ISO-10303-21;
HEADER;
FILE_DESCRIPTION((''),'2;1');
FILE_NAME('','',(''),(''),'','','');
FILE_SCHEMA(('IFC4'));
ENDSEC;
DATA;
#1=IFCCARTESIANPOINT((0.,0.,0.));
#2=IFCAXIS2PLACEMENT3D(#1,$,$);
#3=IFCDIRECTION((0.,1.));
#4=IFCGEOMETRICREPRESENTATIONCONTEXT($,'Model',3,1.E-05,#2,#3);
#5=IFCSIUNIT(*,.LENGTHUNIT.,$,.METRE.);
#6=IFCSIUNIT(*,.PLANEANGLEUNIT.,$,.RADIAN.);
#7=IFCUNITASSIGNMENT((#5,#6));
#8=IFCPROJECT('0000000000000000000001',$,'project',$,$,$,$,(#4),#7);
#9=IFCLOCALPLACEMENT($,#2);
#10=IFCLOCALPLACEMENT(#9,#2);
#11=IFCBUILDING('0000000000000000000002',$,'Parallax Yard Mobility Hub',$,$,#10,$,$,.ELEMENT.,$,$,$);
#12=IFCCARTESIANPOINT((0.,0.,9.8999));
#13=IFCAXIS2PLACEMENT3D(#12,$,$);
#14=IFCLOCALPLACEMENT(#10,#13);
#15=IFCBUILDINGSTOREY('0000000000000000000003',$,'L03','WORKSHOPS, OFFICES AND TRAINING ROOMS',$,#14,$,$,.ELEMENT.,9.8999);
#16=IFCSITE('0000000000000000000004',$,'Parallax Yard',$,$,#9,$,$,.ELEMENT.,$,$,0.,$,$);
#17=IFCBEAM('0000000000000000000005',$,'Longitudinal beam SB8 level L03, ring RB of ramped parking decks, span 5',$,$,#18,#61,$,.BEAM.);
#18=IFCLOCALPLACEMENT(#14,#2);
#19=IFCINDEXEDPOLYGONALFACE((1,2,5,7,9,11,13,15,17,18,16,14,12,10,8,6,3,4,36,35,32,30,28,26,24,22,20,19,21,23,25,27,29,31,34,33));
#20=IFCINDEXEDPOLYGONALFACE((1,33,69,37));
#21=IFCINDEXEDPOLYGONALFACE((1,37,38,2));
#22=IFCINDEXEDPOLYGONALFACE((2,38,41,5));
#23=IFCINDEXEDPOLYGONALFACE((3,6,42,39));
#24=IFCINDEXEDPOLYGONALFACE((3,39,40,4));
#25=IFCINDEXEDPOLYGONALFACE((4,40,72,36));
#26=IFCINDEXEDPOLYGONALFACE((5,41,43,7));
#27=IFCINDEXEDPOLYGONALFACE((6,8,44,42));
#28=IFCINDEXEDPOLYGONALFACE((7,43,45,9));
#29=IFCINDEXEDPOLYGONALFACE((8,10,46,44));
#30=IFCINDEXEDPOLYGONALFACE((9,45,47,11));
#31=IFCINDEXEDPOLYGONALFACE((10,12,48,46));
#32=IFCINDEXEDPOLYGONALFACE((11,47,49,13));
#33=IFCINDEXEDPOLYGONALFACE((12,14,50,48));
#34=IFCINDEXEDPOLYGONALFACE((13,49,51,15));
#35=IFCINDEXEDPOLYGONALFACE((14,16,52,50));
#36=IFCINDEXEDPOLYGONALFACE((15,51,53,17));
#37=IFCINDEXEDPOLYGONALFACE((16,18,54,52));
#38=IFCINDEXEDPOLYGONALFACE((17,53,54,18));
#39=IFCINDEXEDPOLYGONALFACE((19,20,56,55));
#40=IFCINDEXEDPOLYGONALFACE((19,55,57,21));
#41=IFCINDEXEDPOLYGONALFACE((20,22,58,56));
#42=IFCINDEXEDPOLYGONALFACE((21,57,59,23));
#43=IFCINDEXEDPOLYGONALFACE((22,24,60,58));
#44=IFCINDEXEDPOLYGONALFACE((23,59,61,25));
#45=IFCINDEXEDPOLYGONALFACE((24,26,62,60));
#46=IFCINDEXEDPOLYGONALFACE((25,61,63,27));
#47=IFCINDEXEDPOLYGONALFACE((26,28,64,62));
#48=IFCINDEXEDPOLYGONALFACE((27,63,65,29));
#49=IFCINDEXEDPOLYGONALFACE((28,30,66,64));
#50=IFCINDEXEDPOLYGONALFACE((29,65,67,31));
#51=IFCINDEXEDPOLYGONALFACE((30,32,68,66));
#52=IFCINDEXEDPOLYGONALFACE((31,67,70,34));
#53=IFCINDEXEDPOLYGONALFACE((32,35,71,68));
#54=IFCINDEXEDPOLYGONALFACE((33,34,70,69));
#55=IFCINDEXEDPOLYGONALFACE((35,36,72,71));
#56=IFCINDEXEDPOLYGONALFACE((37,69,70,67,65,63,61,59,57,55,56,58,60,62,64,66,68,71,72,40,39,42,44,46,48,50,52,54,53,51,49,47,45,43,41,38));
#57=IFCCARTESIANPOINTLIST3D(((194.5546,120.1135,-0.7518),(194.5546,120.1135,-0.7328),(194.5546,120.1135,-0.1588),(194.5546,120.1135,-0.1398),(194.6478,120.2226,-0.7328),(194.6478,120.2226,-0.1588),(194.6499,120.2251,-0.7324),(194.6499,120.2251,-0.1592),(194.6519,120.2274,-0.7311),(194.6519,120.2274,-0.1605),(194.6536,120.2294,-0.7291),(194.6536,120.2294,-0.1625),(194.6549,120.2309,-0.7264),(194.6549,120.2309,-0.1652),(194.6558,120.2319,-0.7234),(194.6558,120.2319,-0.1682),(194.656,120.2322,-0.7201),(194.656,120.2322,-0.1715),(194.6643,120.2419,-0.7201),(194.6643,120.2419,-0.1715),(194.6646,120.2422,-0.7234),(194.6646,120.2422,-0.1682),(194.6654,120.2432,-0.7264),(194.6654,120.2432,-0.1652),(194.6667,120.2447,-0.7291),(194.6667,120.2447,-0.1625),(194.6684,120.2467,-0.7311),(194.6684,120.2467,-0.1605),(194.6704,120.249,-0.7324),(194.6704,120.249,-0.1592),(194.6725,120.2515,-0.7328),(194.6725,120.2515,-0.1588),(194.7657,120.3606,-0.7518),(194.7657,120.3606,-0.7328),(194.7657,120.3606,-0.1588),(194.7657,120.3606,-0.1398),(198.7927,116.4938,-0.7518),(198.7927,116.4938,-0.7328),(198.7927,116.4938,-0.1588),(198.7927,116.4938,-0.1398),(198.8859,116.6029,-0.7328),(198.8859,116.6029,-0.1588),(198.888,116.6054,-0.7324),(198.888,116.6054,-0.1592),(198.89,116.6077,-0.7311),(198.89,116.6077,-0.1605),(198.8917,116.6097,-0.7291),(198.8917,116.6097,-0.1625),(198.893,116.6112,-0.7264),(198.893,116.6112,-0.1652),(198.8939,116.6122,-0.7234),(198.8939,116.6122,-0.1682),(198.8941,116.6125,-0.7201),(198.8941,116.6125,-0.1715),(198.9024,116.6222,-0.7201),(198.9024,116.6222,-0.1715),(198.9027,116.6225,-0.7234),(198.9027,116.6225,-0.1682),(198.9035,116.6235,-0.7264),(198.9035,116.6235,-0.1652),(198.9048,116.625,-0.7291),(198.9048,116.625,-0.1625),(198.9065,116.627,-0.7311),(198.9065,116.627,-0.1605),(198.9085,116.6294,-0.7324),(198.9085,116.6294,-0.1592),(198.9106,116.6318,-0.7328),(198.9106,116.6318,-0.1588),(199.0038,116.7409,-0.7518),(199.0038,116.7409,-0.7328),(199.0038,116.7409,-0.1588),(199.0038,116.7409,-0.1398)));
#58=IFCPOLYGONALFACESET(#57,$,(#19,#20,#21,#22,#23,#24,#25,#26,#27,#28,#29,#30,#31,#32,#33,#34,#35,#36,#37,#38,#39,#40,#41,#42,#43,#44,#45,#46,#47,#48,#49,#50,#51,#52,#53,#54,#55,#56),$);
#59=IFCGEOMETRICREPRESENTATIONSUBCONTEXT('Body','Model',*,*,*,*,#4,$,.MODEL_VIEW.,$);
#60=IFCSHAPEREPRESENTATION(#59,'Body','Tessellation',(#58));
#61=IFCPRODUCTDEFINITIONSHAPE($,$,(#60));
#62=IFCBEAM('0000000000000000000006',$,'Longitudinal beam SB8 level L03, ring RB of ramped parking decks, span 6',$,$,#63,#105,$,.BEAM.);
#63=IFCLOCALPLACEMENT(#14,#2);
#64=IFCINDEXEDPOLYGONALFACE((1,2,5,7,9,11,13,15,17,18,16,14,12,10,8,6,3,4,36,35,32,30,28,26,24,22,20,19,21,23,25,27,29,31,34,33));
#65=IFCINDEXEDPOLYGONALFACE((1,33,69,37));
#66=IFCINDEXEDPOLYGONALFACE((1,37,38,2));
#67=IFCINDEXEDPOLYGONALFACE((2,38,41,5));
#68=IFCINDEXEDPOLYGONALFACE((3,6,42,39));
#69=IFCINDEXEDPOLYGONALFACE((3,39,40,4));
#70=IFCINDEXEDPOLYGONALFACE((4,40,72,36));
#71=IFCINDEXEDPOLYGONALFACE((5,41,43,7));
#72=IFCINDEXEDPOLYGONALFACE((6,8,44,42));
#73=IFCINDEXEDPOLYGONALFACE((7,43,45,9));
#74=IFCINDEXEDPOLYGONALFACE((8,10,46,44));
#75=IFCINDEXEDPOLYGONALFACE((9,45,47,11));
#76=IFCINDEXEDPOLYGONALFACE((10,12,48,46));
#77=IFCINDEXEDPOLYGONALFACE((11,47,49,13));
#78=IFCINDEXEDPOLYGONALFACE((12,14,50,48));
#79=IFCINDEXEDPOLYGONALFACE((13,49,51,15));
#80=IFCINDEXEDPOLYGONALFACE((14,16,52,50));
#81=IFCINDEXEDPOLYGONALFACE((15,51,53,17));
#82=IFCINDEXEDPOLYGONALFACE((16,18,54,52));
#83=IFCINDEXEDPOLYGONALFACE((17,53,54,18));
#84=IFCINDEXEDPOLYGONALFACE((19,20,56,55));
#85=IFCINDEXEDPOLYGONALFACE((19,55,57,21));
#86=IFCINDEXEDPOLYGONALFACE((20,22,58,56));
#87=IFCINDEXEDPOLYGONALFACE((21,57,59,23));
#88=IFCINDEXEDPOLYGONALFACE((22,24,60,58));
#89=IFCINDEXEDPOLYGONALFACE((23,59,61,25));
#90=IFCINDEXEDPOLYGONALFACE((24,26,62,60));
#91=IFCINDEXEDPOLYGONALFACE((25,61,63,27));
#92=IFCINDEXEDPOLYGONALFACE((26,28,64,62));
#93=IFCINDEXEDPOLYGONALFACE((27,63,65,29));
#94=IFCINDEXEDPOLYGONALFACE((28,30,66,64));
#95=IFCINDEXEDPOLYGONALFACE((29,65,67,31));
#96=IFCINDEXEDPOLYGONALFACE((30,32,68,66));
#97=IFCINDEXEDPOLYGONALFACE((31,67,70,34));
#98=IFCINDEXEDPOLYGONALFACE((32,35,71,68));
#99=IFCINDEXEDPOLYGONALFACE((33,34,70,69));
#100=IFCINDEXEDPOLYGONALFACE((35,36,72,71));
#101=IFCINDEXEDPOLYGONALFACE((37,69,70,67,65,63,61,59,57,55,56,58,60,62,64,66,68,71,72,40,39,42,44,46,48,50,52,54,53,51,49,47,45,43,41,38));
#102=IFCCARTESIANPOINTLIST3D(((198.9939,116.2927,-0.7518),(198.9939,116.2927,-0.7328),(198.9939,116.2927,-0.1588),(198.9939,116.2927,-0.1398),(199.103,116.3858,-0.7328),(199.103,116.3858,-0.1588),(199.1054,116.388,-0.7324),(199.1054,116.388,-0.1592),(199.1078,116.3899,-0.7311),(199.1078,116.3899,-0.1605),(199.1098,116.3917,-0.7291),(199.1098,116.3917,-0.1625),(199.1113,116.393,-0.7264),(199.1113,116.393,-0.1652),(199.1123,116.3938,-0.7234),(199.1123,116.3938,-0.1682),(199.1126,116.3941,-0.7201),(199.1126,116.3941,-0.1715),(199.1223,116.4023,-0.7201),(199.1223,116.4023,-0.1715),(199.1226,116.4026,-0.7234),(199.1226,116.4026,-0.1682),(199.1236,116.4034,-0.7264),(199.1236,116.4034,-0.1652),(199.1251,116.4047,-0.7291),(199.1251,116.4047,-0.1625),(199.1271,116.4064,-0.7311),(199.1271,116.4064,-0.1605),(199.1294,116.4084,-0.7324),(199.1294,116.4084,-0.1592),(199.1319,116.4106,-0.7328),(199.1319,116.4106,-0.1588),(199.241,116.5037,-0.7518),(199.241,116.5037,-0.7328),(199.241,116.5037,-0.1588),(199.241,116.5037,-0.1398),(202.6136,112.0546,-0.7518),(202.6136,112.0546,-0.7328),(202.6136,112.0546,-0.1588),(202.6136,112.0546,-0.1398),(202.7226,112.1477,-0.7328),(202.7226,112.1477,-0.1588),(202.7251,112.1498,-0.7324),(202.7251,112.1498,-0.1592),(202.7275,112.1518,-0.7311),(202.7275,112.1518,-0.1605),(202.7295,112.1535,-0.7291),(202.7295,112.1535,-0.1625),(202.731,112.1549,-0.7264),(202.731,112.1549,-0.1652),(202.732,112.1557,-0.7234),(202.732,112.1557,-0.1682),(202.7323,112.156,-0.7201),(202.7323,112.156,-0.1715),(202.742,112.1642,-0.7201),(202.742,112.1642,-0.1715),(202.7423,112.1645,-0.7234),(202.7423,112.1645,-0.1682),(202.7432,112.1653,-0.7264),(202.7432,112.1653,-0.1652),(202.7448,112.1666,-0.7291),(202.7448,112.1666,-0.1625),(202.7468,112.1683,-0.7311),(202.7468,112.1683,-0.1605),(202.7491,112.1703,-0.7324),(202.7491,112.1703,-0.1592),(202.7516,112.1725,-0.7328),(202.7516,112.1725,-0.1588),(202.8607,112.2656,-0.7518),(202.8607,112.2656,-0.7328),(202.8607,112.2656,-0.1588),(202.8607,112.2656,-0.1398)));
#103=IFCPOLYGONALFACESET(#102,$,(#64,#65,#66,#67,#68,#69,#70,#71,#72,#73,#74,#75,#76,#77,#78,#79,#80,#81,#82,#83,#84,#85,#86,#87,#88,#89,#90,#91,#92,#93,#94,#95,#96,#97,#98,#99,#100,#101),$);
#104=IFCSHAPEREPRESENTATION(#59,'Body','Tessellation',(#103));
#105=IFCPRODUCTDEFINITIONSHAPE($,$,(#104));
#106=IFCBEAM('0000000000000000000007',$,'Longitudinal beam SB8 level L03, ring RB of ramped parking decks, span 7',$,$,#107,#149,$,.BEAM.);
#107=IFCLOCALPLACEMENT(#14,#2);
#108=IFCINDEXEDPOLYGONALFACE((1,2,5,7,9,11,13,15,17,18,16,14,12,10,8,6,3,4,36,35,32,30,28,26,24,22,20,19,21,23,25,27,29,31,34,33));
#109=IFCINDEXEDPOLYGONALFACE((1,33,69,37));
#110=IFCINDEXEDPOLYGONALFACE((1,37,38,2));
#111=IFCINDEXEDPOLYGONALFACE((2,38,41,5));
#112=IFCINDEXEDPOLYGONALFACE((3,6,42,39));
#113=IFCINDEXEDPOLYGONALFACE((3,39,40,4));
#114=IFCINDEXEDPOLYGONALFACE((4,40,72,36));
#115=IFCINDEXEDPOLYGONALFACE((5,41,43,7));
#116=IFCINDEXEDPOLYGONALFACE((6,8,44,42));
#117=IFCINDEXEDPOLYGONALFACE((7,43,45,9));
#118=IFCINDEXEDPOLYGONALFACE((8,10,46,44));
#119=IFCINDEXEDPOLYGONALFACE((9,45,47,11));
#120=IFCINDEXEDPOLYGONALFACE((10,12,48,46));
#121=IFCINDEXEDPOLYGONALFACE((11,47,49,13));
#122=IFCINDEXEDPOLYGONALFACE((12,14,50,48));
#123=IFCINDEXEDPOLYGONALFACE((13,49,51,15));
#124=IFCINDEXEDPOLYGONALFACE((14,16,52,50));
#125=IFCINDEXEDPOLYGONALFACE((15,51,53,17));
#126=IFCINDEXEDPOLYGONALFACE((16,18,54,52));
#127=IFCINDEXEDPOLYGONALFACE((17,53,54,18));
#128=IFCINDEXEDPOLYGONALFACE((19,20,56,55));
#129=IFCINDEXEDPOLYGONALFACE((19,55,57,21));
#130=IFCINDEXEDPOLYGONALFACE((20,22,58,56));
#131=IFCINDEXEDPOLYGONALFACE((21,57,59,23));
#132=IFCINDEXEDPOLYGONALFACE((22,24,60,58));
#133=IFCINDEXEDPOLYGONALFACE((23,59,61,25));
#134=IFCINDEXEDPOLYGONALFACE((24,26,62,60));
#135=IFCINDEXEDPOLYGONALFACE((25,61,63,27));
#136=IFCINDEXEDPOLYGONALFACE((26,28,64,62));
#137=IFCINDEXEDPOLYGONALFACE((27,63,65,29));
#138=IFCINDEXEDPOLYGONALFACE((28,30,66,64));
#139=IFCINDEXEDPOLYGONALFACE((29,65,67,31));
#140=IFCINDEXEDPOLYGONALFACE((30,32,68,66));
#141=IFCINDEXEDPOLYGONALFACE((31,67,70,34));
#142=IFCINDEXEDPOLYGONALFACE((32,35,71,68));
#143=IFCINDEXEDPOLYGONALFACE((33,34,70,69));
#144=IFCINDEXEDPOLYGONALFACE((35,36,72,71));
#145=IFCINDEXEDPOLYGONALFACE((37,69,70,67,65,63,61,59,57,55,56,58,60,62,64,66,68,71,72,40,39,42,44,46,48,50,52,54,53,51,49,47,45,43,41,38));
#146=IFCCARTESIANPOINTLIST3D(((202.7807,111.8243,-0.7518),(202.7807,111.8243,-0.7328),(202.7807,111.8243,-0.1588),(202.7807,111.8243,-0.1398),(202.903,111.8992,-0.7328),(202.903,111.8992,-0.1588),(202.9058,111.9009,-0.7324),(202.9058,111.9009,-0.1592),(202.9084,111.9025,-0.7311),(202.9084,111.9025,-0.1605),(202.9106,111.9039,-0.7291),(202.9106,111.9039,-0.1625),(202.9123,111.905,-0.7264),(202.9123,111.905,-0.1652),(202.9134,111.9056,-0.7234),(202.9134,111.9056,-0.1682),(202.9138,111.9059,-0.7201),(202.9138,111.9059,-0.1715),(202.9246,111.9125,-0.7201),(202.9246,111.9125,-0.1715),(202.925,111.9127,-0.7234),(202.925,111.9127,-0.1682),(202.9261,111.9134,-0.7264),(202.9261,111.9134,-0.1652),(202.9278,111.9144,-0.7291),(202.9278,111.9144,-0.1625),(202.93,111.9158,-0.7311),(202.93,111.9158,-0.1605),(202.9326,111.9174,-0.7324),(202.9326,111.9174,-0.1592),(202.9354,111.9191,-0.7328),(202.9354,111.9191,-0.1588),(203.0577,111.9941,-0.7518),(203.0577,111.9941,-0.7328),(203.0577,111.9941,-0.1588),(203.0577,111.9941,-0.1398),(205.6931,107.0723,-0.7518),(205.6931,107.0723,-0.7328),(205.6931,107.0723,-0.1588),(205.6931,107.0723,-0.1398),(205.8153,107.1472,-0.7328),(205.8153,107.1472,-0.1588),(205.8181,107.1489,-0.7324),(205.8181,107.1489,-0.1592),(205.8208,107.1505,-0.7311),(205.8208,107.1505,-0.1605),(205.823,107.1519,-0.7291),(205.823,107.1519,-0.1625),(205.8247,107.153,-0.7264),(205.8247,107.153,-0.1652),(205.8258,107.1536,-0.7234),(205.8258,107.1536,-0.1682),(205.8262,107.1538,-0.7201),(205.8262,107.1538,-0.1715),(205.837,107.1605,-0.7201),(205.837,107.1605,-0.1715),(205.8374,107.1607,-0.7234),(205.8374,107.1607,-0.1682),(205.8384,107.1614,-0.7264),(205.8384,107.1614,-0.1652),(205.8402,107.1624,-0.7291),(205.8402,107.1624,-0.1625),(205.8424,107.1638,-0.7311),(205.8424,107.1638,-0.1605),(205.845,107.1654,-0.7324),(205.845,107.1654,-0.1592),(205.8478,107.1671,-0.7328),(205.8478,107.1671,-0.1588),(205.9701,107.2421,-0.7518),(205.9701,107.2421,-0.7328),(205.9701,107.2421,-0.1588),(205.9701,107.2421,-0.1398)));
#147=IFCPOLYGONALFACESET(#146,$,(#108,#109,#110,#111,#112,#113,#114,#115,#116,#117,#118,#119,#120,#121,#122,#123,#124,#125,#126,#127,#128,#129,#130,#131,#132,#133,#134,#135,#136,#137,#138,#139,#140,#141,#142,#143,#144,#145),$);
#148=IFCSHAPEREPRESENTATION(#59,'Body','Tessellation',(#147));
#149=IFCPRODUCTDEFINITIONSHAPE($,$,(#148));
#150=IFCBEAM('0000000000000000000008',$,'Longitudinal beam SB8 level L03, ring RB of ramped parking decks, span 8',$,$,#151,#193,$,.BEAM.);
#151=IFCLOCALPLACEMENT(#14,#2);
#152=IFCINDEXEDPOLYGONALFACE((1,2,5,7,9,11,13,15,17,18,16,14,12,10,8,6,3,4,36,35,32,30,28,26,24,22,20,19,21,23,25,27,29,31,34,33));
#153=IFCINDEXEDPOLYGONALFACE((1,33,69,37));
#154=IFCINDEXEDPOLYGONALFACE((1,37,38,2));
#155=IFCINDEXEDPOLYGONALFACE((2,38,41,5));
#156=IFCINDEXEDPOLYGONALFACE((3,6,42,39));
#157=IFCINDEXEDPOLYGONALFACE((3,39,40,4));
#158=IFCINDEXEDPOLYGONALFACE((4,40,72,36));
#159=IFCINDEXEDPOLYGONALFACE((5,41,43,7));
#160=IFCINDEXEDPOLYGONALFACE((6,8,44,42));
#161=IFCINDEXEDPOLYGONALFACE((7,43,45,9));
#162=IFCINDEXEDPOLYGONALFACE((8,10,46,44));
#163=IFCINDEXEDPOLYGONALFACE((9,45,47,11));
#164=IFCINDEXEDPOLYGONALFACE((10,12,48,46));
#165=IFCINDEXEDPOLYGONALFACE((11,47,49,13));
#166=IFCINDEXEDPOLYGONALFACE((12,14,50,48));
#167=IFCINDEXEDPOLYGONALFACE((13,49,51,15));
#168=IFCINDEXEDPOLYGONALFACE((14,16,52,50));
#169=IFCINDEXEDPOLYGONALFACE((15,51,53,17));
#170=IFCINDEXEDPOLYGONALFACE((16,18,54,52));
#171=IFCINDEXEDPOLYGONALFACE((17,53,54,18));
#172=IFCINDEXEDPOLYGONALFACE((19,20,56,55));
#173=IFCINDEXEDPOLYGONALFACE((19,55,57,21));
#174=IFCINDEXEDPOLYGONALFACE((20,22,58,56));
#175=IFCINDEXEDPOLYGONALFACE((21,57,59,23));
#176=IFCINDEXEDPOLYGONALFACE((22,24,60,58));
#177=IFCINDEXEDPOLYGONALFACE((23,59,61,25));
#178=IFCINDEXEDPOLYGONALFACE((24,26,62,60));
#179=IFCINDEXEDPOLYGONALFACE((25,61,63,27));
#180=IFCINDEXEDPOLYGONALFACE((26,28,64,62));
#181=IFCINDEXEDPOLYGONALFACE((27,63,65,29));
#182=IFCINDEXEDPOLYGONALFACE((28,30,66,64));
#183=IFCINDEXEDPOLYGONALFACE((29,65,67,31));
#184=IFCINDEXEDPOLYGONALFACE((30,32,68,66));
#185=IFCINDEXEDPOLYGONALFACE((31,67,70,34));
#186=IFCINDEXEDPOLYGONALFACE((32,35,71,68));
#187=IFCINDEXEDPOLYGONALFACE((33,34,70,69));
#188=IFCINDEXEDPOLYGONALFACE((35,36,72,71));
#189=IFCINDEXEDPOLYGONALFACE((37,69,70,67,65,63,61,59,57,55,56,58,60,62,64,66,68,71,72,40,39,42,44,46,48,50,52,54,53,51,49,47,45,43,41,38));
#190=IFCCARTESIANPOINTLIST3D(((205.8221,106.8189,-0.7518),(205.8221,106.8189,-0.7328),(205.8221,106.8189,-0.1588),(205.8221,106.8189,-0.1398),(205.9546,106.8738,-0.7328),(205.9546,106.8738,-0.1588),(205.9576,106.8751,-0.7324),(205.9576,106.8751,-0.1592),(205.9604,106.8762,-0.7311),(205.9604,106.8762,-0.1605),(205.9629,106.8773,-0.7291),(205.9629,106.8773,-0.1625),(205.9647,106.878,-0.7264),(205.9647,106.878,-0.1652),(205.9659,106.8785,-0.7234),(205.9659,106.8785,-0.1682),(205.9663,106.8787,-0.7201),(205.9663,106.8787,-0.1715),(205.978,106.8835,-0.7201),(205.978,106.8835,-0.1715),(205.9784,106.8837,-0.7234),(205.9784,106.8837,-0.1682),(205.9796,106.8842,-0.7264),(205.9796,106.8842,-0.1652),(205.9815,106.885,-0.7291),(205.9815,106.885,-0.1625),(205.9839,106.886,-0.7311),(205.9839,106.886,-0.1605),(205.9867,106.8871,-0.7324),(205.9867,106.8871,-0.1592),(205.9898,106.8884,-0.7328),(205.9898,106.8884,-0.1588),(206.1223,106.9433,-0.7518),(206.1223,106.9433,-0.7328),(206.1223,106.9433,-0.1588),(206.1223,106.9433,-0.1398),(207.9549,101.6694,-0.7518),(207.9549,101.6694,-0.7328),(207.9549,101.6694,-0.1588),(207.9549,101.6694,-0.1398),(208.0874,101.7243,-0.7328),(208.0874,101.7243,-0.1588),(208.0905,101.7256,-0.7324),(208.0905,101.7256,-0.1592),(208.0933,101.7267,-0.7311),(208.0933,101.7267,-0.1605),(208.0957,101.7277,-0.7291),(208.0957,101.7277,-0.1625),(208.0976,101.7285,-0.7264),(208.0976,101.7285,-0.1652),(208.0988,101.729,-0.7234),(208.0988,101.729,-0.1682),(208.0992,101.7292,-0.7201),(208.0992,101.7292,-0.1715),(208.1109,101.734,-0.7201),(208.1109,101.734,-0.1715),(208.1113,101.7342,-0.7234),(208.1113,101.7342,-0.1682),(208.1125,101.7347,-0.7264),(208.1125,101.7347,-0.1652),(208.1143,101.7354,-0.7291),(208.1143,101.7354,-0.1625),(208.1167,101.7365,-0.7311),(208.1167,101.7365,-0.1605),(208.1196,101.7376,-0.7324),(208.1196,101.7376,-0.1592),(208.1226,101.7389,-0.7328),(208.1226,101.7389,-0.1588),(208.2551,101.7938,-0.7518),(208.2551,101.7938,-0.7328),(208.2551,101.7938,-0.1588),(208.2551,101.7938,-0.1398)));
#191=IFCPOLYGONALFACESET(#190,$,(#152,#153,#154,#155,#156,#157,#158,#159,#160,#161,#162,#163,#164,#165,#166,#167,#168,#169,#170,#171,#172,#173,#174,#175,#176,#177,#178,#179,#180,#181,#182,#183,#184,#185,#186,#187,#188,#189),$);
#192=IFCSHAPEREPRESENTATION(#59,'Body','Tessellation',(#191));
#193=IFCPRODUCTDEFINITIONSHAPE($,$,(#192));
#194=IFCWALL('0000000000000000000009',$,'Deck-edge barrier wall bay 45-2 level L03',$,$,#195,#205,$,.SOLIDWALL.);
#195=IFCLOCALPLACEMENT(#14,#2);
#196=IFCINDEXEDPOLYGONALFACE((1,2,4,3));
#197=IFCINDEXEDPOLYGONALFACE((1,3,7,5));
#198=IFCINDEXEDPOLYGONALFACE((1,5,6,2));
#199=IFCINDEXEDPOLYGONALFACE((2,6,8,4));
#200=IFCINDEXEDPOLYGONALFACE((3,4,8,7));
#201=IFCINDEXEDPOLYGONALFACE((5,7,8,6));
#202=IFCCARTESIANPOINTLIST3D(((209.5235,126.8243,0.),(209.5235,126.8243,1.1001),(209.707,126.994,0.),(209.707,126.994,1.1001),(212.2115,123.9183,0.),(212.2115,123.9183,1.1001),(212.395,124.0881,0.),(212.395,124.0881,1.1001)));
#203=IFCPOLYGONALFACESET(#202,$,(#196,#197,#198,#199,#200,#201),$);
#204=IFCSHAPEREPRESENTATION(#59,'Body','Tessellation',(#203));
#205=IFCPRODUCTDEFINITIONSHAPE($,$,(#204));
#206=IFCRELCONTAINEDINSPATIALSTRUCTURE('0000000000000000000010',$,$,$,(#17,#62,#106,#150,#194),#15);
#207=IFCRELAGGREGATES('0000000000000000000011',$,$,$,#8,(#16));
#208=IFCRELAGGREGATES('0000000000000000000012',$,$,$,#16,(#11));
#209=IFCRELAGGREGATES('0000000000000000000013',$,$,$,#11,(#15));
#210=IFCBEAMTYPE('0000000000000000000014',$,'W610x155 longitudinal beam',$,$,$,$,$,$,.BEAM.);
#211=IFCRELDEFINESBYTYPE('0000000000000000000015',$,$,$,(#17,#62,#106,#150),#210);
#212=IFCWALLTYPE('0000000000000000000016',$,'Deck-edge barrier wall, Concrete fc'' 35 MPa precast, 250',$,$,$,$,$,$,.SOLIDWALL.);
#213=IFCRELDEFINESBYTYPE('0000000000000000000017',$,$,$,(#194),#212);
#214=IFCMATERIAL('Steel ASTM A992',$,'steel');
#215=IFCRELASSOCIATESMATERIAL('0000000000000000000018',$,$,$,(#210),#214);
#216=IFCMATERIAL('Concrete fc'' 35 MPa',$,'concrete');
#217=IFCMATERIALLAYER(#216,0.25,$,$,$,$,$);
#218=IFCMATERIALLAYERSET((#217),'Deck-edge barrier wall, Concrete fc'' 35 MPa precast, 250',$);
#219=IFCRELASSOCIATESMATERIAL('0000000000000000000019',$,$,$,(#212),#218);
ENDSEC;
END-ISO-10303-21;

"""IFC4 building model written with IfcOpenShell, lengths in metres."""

from ifc_helpers import new_model, si_unit, direction, frame, frame_2d, origin, origin_2d, place, context, subcontext, project, spatial, rectangle, i_section, extrude, material, layer, layer_set, material_profile, profile_set, type_object, element, save


model = new_model("IFC4")

# Units and contexts
model_context = context("Model", 3, precision=1e-05, world=origin(), true_north=direction((0.0, 1.0)))
body_context = subcontext(model_context, "Body", "Model", "MODEL_VIEW")
ifc_project = project(units=[si_unit("LENGTHUNIT", "METRE"), si_unit("PLANEANGLEUNIT", "RADIAN")], contexts=[model_context])

# Site, building, storey
site_placement = place(None, origin())
site = spatial("IfcSite", under=ifc_project, at=site_placement, Name="Parallax Yard", CompositionType="ELEMENT", RefElevation=0.0)
building_placement = place(site_placement, origin())
building = spatial("IfcBuilding", under=site, at=building_placement, Name="Parallax Yard Mobility Hub", CompositionType="ELEMENT")
storey_placement = place(building_placement, frame((0.0, 0.0, 9.8999)))
storey = spatial("IfcBuildingStorey", under=building, at=storey_placement, Name="L03", Description="WORKSHOPS, OFFICES AND TRAINING ROOMS", CompositionType="ELEMENT", Elevation=9.8999)

# Shared definitions
ifc_material_1 = material(Name="Steel ASTM A992", Category="steel")

# Beams
ifc_material_profile_1 = material_profile(ifc_material_1, i_section(OverallWidth=0.325, OverallDepth=0.6121, WebThickness=0.0127, FlangeThickness=0.019, FilletRadius=0.0127, at=origin_2d()), Name="W610x155")
ifc_profile_set_1 = profile_set([ifc_material_profile_1], Name="Steel ASTM A992")
beam_type_1 = type_object("IfcBeamType", Name="W610x155 longitudinal beam", PredefinedType="BEAM", material=ifc_profile_set_1)
for number, where, z_axis, x_axis, name in (
    (1, (194.6602, 120.2371, -0.4458), (0.760406, -0.649448, 0.0), (0.649448, 0.760406, 0.0), "Longitudinal beam SB8 level L03, ring RB of ramped parking decks, span 5"),
    (2, (199.1174, 116.3982, -0.4458), (0.649448, -0.760406, 0.0), (0.760406, 0.649448, 0.0), "Longitudinal beam SB8 level L03, ring RB of ramped parking decks, span 6"),
    (3, (202.9192, 111.9092, -0.4458), (0.522545, -0.852612, 0.0), (0.852612, 0.522545, 0.0), "Longitudinal beam SB8 level L03, ring RB of ramped parking decks, span 7"),
):
    element("IfcBeam", number, at=place(storey_placement, frame(where, z_axis=z_axis, x_axis=x_axis)), inside=storey, type_object=beam_type_1, Name=name, PredefinedType="BEAM", context=body_context, shape_type="SweptSolid", body=[
        extrude(i_section(OverallWidth=0.325, OverallDepth=0.6121, WebThickness=0.0127, FlangeThickness=0.019, FilletRadius=0.0127, at=origin_2d()), origin(), (0.0, 0.0, 1.0), 5.5735),
    ])
beam_1_placement = place(storey_placement, frame((205.9722, 106.8811, -0.4458), z_axis=(0.382661, -0.923889, 0.0), x_axis=(0.923889, 0.382661, 0.0)))
element("IfcBeam", 4, at=beam_1_placement, inside=storey, type_object=beam_type_1, Name="Longitudinal beam SB8 level L03, ring RB of ramped parking decks, span 8", PredefinedType="BEAM", context=body_context, shape_type="SweptSolid", body=[
    extrude(i_section(OverallWidth=0.325, OverallDepth=0.6121, WebThickness=0.0127, FlangeThickness=0.019, FilletRadius=0.0127, at=origin_2d()), origin(), (0.0, 0.0, 1.0), 5.5737),
])

# Wall
ifc_material_2 = material(Name="Concrete fc' 35 MPa", Category="concrete")
ifc_layer_1 = layer(ifc_material_2, 0.25)
ifc_layer_set_1 = layer_set([ifc_layer_1], Name="Deck-edge barrier wall, Concrete fc' 35 MPa precast, 250")
wall_type = type_object("IfcWallType", Name="Deck-edge barrier wall, Concrete fc' 35 MPa precast, 250", PredefinedType="SOLIDWALL", material=ifc_layer_set_1)
wall_placement = place(storey_placement, frame((212.3032, 124.0032, 0.0), z_axis=(0.0, 0.0, 1.0), x_axis=(-0.679033, 0.734108, 0.0)))
element("IfcWall", 5, at=wall_placement, inside=storey, type_object=wall_type, Name="Deck-edge barrier wall bay 45-2 level L03", PredefinedType="SOLIDWALL", context=body_context, shape_type="SweptSolid", body=[
    extrude(rectangle(XDim=3.9585, YDim=0.25, at=frame_2d((1.9792, 0.0))), origin(), (0.0, 0.0, 1.0), 1.1001),
])

save(model, "model.ifc")
